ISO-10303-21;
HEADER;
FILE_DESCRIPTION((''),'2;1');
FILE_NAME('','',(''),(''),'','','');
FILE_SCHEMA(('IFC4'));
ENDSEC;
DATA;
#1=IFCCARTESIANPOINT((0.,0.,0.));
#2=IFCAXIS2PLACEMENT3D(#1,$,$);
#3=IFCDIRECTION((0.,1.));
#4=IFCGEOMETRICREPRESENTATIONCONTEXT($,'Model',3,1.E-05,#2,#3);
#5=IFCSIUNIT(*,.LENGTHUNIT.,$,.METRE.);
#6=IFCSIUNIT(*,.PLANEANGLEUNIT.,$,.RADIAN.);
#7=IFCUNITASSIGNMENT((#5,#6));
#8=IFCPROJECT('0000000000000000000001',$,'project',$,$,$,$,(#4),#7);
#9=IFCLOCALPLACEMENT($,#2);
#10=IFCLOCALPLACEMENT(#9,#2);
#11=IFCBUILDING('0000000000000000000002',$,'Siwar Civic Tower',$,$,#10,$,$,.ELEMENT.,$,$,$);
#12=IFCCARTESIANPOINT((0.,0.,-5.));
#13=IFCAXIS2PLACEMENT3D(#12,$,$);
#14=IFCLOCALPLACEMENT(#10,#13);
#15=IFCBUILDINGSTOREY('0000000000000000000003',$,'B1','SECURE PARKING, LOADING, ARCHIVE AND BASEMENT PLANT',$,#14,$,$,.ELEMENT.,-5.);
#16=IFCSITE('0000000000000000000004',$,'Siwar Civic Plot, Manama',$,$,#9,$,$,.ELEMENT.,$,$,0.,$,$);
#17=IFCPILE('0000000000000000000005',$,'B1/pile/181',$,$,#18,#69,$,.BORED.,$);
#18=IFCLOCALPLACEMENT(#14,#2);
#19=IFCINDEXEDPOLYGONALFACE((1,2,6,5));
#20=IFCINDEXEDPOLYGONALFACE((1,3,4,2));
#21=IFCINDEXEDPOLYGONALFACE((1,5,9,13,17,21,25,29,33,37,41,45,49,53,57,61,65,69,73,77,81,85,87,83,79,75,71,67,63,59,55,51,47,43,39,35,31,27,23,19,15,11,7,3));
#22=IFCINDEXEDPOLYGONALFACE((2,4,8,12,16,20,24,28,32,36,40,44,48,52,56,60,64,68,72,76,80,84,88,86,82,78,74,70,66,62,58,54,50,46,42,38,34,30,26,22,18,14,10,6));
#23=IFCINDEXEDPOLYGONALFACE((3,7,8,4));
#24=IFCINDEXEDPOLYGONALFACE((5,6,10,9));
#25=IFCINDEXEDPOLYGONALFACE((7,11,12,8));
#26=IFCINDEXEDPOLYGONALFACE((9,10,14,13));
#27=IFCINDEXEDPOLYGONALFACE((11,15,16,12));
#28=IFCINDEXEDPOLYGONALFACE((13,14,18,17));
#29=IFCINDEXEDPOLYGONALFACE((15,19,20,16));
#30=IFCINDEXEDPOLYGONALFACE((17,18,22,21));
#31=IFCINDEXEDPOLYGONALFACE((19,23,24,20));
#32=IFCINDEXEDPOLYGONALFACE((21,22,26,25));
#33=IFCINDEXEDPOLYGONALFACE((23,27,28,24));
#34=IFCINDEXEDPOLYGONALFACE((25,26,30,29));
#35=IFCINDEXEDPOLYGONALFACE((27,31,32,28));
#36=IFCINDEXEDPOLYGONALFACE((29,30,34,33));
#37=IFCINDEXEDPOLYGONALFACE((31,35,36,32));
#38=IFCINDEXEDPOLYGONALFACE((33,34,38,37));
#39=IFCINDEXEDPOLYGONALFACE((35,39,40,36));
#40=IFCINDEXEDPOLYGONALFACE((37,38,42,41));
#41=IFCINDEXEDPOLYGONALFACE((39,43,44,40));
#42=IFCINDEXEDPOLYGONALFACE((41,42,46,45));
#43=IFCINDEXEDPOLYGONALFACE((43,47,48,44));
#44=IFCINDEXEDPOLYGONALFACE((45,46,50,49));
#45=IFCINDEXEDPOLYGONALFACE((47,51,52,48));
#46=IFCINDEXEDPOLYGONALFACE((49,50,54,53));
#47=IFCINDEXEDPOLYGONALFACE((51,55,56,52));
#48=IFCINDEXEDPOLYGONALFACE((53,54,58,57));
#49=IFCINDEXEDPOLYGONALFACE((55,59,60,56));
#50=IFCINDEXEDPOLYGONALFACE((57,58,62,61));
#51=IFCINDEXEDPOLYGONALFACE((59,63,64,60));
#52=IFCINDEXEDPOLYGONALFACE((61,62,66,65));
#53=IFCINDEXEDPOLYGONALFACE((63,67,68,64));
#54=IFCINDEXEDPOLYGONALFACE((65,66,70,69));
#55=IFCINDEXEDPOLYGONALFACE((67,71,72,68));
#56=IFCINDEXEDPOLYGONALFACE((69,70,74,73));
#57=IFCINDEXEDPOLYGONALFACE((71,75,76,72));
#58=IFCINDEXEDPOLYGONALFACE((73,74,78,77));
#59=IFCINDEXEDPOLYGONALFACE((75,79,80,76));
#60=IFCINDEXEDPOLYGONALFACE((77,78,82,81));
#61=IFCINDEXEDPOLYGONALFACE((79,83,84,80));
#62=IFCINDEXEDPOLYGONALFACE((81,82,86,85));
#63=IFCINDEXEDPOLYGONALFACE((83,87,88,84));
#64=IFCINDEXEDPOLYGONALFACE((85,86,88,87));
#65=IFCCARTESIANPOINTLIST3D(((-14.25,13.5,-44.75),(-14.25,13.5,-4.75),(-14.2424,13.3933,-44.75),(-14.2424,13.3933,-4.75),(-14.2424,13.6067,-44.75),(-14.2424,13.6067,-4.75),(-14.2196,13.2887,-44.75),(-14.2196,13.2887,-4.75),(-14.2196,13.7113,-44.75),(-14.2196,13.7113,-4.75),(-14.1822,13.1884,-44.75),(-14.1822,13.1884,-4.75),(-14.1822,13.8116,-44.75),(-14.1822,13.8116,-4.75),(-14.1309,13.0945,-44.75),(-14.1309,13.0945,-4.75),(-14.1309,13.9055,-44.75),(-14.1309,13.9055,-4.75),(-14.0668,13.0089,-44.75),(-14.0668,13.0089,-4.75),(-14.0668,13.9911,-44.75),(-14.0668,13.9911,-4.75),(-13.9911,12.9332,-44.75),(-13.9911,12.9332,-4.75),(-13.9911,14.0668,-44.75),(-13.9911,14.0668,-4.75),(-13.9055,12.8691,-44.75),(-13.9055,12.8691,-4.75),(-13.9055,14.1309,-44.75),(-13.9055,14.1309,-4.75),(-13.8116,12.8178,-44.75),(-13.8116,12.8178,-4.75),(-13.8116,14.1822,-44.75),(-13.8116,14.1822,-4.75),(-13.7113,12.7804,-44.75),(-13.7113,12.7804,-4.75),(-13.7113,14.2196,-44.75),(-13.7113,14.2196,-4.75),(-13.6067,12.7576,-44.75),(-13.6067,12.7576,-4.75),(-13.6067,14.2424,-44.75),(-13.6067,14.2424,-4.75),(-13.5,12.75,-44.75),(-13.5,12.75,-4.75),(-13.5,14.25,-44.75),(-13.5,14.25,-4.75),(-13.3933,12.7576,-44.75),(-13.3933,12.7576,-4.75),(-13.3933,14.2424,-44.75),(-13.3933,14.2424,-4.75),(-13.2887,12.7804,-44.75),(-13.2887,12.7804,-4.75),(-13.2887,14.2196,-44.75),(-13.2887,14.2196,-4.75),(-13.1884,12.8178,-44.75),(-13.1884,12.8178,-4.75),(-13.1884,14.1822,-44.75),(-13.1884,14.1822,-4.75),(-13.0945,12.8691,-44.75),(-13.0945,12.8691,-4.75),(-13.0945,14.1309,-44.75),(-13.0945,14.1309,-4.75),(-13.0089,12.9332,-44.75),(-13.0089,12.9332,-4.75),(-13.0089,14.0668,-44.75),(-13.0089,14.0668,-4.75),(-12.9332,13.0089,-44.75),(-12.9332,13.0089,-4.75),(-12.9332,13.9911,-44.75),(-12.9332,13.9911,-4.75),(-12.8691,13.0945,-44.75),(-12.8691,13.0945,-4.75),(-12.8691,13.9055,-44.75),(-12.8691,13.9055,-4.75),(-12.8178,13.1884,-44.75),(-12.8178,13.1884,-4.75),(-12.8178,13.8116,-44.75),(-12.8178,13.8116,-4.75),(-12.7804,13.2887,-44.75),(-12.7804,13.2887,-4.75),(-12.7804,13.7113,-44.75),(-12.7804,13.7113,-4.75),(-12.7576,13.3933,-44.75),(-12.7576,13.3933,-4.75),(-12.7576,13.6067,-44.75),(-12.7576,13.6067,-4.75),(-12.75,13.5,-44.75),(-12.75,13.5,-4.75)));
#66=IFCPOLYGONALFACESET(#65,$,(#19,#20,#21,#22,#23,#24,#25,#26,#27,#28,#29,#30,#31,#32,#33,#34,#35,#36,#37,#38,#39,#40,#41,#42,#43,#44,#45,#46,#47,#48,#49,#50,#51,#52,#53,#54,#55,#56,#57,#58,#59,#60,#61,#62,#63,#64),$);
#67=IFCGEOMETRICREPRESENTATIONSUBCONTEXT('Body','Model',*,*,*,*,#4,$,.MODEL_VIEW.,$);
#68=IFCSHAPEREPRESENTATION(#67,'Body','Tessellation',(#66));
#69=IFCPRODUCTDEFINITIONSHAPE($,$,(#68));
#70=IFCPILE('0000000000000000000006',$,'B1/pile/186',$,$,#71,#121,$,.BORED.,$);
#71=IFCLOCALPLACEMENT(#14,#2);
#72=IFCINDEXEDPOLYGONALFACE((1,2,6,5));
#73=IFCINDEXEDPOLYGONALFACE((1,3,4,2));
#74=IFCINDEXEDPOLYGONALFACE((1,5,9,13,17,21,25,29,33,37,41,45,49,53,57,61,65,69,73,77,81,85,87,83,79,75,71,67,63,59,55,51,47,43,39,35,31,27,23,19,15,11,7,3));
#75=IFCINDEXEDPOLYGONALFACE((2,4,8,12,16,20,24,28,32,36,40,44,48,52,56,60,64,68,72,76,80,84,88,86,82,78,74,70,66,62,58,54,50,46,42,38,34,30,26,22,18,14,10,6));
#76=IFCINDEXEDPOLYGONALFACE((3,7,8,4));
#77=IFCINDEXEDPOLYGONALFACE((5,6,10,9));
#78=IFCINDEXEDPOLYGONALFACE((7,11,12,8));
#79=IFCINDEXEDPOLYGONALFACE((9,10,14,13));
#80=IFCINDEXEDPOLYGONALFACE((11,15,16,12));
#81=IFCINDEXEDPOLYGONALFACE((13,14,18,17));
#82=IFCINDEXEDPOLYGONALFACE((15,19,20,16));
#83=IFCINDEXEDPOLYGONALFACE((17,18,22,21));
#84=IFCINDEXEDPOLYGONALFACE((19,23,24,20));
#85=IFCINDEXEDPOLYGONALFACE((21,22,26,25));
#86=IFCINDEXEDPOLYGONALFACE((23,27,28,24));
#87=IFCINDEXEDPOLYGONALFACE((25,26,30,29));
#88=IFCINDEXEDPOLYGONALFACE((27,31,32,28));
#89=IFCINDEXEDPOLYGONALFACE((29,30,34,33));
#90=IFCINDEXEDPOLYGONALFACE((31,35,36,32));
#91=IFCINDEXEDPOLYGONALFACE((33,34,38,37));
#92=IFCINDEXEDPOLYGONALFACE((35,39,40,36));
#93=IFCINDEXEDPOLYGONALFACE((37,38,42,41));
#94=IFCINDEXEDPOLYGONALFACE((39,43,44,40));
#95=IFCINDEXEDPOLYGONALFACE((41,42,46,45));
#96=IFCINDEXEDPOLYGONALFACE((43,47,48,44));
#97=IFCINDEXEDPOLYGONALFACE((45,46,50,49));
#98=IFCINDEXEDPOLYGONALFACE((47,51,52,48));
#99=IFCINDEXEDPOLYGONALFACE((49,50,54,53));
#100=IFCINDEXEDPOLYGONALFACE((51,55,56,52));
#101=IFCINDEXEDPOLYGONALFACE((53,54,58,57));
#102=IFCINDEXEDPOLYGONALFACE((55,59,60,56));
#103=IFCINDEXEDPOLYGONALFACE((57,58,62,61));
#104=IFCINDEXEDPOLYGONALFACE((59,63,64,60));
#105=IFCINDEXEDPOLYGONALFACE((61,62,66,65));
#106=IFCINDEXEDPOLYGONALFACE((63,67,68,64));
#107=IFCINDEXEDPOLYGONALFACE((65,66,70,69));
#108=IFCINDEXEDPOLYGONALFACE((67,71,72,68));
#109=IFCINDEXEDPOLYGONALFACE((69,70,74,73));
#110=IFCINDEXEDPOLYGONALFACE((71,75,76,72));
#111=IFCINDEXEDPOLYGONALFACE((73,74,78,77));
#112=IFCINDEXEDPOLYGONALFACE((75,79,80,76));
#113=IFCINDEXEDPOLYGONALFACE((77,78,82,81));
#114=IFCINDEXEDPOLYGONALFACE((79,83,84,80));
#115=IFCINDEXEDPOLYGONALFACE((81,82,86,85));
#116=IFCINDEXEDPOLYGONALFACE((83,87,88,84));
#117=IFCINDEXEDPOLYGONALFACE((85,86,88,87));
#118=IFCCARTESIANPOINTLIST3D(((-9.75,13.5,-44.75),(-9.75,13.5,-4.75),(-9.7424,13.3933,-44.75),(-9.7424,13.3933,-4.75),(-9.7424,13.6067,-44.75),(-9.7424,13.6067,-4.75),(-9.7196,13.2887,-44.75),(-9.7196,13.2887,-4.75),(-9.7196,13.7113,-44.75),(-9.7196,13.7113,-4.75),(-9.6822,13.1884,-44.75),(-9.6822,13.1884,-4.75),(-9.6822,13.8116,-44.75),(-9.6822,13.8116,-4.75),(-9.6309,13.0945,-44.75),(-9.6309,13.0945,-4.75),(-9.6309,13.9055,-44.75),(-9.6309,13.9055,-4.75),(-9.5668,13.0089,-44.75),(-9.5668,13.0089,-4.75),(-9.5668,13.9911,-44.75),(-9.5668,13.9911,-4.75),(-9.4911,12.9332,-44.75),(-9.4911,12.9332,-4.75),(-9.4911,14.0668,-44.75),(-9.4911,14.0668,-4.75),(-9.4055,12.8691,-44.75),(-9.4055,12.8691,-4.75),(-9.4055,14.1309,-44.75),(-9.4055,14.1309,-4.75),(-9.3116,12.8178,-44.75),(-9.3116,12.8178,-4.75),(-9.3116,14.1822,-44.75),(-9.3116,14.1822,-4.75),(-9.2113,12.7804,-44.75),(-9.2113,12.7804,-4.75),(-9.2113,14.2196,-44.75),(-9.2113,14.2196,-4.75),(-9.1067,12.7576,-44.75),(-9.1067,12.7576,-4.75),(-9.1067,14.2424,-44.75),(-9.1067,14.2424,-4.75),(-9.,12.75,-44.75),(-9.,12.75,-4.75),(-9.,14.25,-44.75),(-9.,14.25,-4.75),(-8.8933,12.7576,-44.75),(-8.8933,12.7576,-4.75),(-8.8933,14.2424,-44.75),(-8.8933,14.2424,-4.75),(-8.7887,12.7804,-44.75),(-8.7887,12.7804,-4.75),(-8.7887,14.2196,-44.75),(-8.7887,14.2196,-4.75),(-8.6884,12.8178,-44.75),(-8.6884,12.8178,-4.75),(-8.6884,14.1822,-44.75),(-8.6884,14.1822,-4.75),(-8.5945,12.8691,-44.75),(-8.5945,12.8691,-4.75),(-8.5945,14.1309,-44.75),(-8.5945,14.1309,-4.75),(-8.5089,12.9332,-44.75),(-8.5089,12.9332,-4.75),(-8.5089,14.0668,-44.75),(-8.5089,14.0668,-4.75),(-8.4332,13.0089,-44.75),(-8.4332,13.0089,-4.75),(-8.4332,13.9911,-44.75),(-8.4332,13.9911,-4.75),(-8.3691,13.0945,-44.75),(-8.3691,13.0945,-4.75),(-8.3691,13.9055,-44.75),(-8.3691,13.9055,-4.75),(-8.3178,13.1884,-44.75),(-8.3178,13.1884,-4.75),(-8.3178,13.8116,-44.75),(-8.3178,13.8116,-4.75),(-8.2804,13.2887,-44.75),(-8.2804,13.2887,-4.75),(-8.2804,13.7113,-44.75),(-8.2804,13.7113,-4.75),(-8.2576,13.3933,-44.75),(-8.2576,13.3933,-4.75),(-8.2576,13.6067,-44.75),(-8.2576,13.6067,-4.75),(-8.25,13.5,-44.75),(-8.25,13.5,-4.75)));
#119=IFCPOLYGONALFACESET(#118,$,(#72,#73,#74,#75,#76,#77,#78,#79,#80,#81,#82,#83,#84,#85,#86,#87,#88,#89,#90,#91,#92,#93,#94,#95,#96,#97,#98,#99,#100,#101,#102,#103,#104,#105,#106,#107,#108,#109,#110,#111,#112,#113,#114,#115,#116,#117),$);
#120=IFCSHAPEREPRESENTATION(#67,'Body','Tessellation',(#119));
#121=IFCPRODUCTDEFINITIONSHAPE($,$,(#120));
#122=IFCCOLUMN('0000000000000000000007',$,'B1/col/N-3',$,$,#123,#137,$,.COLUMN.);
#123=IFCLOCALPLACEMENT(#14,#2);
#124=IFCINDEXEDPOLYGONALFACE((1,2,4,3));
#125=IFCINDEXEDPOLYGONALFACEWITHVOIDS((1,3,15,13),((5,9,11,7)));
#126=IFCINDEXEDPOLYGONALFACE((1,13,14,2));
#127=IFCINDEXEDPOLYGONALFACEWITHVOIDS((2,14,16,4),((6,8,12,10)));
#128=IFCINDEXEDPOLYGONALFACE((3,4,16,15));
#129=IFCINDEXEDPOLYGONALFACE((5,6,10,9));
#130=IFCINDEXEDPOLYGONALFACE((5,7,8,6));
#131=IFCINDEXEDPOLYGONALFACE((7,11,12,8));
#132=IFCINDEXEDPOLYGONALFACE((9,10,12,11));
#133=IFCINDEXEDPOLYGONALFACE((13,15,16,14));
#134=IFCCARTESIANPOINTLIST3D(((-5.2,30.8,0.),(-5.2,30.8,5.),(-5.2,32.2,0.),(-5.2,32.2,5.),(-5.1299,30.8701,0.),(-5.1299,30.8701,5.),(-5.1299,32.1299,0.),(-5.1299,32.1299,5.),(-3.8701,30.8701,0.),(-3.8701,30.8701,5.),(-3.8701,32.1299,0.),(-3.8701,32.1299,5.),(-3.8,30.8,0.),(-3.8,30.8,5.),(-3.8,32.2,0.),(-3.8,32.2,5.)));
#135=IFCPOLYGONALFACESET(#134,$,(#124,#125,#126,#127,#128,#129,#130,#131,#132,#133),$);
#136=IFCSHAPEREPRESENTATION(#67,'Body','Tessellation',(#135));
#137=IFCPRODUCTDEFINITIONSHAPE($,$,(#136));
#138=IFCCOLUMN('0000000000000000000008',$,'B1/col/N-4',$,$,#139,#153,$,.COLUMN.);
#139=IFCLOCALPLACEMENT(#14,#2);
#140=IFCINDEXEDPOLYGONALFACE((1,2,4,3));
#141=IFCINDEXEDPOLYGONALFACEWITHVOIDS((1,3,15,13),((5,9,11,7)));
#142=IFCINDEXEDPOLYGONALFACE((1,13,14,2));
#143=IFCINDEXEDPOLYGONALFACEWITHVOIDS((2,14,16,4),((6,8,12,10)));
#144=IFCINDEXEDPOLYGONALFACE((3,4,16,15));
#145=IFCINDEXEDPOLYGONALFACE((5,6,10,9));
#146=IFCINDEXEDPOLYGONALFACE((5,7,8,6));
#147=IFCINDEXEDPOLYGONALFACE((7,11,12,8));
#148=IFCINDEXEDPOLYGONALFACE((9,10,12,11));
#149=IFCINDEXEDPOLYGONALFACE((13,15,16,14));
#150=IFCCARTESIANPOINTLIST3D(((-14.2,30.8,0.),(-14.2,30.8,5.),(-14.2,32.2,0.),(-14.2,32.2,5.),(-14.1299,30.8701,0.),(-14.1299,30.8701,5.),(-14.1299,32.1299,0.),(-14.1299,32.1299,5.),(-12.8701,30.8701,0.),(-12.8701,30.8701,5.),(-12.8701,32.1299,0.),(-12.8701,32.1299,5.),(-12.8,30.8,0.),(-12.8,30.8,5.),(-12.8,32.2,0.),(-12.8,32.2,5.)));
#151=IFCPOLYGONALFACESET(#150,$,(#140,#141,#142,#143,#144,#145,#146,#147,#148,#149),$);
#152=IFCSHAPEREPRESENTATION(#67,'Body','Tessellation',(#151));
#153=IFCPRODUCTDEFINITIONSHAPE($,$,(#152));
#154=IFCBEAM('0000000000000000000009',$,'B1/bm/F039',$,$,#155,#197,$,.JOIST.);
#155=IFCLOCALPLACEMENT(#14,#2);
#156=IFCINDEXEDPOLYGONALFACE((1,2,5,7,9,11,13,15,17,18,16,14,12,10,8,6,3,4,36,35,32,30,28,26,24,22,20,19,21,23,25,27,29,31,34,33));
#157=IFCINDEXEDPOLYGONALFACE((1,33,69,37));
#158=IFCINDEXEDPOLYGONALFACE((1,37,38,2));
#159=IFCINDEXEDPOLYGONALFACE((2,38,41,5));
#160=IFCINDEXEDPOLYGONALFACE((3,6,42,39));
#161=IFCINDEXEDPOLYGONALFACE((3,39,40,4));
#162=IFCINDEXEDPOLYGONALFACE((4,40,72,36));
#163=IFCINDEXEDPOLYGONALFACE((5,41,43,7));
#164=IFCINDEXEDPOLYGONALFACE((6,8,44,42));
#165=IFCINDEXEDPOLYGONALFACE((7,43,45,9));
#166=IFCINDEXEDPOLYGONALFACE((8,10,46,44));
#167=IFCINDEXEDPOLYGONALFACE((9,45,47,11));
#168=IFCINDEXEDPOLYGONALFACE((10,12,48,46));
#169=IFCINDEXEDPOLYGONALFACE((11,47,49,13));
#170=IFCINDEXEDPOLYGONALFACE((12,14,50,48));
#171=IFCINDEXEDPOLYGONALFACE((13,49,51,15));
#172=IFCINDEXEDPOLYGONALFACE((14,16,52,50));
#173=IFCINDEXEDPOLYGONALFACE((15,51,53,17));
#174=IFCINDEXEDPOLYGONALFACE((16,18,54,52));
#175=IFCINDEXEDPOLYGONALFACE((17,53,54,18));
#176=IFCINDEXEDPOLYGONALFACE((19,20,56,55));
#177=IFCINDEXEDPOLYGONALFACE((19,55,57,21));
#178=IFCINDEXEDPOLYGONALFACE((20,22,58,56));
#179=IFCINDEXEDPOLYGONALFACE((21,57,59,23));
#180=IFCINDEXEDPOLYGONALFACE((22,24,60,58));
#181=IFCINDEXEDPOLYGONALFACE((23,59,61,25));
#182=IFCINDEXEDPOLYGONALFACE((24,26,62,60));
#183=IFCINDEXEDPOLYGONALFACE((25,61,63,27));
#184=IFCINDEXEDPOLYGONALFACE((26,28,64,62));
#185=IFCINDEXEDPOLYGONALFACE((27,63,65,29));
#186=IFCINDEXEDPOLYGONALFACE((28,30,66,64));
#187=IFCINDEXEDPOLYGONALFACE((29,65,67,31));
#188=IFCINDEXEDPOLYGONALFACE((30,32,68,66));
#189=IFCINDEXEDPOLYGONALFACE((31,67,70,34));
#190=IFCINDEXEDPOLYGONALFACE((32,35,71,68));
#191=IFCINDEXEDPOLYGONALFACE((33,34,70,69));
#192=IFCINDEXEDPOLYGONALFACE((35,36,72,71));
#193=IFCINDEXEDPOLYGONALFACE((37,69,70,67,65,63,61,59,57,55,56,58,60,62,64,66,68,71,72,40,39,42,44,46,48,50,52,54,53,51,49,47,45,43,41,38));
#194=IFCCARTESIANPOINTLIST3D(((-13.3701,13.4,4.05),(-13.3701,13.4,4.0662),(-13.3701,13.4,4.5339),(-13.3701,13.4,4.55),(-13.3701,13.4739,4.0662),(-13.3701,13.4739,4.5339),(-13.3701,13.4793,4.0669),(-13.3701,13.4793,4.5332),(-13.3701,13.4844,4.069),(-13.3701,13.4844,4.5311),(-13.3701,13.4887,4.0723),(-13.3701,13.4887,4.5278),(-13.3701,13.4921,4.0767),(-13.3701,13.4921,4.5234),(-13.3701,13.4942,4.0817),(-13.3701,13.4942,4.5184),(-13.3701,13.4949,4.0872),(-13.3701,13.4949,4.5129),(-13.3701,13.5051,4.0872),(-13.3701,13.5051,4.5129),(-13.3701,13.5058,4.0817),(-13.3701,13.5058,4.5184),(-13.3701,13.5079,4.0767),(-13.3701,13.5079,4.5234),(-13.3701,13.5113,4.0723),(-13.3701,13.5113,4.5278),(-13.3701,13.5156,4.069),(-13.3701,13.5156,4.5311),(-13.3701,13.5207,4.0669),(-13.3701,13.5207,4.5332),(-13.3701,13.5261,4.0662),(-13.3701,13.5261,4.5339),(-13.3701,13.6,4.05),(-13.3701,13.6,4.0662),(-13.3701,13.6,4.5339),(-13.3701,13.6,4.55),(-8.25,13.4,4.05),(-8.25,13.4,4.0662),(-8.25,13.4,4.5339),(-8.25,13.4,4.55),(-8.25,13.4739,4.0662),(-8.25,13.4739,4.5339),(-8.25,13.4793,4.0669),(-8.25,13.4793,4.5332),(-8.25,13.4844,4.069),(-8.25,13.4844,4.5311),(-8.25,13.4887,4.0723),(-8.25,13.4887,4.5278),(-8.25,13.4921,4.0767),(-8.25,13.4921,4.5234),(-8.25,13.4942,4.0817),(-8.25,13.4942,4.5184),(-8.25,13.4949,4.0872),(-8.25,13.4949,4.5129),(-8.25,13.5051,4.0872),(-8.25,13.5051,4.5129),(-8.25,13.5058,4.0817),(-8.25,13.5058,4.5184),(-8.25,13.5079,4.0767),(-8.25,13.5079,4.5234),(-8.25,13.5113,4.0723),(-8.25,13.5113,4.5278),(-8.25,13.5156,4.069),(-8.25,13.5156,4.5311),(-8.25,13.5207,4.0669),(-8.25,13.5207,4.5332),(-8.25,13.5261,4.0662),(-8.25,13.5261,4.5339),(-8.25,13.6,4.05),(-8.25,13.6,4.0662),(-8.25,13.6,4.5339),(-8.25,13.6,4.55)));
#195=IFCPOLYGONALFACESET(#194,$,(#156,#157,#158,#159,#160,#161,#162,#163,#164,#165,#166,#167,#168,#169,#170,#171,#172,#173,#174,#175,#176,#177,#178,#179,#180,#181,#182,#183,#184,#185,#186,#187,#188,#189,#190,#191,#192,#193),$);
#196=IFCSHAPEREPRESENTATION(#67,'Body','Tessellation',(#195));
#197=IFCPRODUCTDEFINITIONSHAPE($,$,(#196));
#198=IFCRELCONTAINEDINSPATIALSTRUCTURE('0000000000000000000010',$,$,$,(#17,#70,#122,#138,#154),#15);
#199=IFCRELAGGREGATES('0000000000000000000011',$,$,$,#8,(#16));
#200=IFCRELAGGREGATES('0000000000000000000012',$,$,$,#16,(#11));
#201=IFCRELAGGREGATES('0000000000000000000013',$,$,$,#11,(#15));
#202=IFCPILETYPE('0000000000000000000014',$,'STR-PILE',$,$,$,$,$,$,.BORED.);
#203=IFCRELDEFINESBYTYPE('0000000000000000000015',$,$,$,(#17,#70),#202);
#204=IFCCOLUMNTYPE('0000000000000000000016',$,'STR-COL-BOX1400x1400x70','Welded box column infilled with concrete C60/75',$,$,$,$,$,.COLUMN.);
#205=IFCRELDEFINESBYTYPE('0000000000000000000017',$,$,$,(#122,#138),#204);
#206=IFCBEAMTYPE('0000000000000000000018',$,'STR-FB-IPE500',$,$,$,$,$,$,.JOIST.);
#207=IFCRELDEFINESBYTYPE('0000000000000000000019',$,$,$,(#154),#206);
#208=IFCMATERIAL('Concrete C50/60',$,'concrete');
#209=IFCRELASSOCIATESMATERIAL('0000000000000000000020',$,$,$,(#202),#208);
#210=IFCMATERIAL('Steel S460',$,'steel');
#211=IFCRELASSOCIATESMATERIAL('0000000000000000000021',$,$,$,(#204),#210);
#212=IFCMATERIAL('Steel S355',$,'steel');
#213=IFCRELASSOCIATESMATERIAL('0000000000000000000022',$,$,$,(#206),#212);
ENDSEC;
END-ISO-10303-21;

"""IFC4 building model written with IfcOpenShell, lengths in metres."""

from ifc_helpers import new_model, si_unit, direction, frame, origin, origin_2d, place, context, subcontext, project, spatial, hollow_rectangle, circle, i_section, extrude, material, material_profile, profile_set, type_object, element, save


model = new_model("IFC4")

# Units and contexts
model_context = context("Model", 3, precision=1e-05, world=origin(), true_north=direction((0.0, 1.0)))
body_context = subcontext(model_context, "Body", "Model", "MODEL_VIEW")
ifc_project = project(units=[si_unit("LENGTHUNIT", "METRE"), si_unit("PLANEANGLEUNIT", "RADIAN")], contexts=[model_context])

# Site, building, storey
site_placement = place(None, origin())
site = spatial("IfcSite", under=ifc_project, at=site_placement, Name="Siwar Civic Plot, Manama", CompositionType="ELEMENT", RefElevation=0.0)
building_placement = place(site_placement, origin())
building = spatial("IfcBuilding", under=site, at=building_placement, Name="Siwar Civic Tower", CompositionType="ELEMENT")
storey_placement = place(building_placement, frame((0.0, 0.0, -5.0)))
storey = spatial("IfcBuildingStorey", under=building, at=storey_placement, Name="B1", Description="SECURE PARKING, LOADING, ARCHIVE AND BASEMENT PLANT", CompositionType="ELEMENT", Elevation=-5.0)

# Piles
ifc_material_1 = material(Name="Concrete C50/60", Category="concrete")
ifc_material_profile_1 = material_profile(ifc_material_1, circle(Radius=0.75, at=origin_2d()), Name="PILE1500")
ifc_profile_set_1 = profile_set([ifc_material_profile_1], Name="Concrete C50/60")
pile_type = type_object("IfcPileType", Name="STR-PILE", PredefinedType="BORED", material=ifc_profile_set_1)
for number, where, z_axis, x_axis, name in (
    (1, (-13.5, 13.5, -4.75), (0.0, 0.0, -1.0), (1.0, 0.0, 0.0), "B1/pile/181"),
    (2, (-9.0, 13.5, -4.75), (0.0, 0.0, -1.0), (1.0, 0.0, 0.0), "B1/pile/186"),
):
    element("IfcPile", number, at=place(storey_placement, frame(where, z_axis=z_axis, x_axis=x_axis)), inside=storey, type_object=pile_type, Name=name, PredefinedType="BORED", context=body_context, shape_type="SweptSolid", body=[
        extrude(circle(Radius=0.75, at=origin_2d()), origin(), (0.0, 0.0, 1.0), 40.0),
    ])

# Columns
ifc_material_2 = material(Name="Steel S460", Category="steel")
ifc_material_profile_2 = material_profile(ifc_material_2, hollow_rectangle(XDim=1.3999, YDim=1.3999, WallThickness=0.0701, at=origin_2d()), Name="BOX1400x1400x70")
ifc_profile_set_2 = profile_set([ifc_material_profile_2], Name="Steel S460")
column_type = type_object("IfcColumnType", Name="STR-COL-BOX1400x1400x70", Description="Welded box column infilled with concrete C60/75", PredefinedType="COLUMN", material=ifc_profile_set_2)
for number, where, z_axis, x_axis, name in (
    (3, (-4.5, 31.5, 0.0), (0.0, 0.0, 1.0), (1.0, 0.0, 0.0), "B1/col/N-3"),
    (4, (-13.5, 31.5, 0.0), (0.0, 0.0, 1.0), (1.0, 0.0, 0.0), "B1/col/N-4"),
):
    element("IfcColumn", number, at=place(storey_placement, frame(where, z_axis=z_axis, x_axis=x_axis)), inside=storey, type_object=column_type, Name=name, PredefinedType="COLUMN", context=body_context, shape_type="SweptSolid", body=[
        extrude(hollow_rectangle(XDim=1.3999, YDim=1.3999, WallThickness=0.0701, at=origin_2d()), origin(), (0.0, 0.0, 1.0), 5.0),
    ])

# Beam
ifc_material_3 = material(Name="Steel S355", Category="steel")
ifc_material_profile_3 = material_profile(ifc_material_3, i_section(OverallWidth=0.2, OverallDepth=0.5, WebThickness=0.0103, FlangeThickness=0.0161, FilletRadius=0.021, at=origin_2d()), Name="IPE500")
ifc_profile_set_3 = profile_set([ifc_material_profile_3], Name="Steel S355")
beam_type_1 = type_object("IfcBeamType", Name="STR-FB-IPE500", PredefinedType="JOIST", material=ifc_profile_set_3)
beam_1_placement = place(storey_placement, frame((-13.3701, 13.5, 4.3), z_axis=(1.0, 0.0, 0.0), x_axis=(0.0, 1.0, 0.0)))
element("IfcBeam", 5, at=beam_1_placement, inside=storey, type_object=beam_type_1, Name="B1/bm/F039", PredefinedType="JOIST", context=body_context, shape_type="SweptSolid", body=[
    extrude(i_section(OverallWidth=0.2, OverallDepth=0.5, WebThickness=0.0103, FlangeThickness=0.0161, FilletRadius=0.021, at=origin_2d()), origin(), (0.0, 0.0, 1.0), 5.1201),
])

save(model, "model.ifc")
